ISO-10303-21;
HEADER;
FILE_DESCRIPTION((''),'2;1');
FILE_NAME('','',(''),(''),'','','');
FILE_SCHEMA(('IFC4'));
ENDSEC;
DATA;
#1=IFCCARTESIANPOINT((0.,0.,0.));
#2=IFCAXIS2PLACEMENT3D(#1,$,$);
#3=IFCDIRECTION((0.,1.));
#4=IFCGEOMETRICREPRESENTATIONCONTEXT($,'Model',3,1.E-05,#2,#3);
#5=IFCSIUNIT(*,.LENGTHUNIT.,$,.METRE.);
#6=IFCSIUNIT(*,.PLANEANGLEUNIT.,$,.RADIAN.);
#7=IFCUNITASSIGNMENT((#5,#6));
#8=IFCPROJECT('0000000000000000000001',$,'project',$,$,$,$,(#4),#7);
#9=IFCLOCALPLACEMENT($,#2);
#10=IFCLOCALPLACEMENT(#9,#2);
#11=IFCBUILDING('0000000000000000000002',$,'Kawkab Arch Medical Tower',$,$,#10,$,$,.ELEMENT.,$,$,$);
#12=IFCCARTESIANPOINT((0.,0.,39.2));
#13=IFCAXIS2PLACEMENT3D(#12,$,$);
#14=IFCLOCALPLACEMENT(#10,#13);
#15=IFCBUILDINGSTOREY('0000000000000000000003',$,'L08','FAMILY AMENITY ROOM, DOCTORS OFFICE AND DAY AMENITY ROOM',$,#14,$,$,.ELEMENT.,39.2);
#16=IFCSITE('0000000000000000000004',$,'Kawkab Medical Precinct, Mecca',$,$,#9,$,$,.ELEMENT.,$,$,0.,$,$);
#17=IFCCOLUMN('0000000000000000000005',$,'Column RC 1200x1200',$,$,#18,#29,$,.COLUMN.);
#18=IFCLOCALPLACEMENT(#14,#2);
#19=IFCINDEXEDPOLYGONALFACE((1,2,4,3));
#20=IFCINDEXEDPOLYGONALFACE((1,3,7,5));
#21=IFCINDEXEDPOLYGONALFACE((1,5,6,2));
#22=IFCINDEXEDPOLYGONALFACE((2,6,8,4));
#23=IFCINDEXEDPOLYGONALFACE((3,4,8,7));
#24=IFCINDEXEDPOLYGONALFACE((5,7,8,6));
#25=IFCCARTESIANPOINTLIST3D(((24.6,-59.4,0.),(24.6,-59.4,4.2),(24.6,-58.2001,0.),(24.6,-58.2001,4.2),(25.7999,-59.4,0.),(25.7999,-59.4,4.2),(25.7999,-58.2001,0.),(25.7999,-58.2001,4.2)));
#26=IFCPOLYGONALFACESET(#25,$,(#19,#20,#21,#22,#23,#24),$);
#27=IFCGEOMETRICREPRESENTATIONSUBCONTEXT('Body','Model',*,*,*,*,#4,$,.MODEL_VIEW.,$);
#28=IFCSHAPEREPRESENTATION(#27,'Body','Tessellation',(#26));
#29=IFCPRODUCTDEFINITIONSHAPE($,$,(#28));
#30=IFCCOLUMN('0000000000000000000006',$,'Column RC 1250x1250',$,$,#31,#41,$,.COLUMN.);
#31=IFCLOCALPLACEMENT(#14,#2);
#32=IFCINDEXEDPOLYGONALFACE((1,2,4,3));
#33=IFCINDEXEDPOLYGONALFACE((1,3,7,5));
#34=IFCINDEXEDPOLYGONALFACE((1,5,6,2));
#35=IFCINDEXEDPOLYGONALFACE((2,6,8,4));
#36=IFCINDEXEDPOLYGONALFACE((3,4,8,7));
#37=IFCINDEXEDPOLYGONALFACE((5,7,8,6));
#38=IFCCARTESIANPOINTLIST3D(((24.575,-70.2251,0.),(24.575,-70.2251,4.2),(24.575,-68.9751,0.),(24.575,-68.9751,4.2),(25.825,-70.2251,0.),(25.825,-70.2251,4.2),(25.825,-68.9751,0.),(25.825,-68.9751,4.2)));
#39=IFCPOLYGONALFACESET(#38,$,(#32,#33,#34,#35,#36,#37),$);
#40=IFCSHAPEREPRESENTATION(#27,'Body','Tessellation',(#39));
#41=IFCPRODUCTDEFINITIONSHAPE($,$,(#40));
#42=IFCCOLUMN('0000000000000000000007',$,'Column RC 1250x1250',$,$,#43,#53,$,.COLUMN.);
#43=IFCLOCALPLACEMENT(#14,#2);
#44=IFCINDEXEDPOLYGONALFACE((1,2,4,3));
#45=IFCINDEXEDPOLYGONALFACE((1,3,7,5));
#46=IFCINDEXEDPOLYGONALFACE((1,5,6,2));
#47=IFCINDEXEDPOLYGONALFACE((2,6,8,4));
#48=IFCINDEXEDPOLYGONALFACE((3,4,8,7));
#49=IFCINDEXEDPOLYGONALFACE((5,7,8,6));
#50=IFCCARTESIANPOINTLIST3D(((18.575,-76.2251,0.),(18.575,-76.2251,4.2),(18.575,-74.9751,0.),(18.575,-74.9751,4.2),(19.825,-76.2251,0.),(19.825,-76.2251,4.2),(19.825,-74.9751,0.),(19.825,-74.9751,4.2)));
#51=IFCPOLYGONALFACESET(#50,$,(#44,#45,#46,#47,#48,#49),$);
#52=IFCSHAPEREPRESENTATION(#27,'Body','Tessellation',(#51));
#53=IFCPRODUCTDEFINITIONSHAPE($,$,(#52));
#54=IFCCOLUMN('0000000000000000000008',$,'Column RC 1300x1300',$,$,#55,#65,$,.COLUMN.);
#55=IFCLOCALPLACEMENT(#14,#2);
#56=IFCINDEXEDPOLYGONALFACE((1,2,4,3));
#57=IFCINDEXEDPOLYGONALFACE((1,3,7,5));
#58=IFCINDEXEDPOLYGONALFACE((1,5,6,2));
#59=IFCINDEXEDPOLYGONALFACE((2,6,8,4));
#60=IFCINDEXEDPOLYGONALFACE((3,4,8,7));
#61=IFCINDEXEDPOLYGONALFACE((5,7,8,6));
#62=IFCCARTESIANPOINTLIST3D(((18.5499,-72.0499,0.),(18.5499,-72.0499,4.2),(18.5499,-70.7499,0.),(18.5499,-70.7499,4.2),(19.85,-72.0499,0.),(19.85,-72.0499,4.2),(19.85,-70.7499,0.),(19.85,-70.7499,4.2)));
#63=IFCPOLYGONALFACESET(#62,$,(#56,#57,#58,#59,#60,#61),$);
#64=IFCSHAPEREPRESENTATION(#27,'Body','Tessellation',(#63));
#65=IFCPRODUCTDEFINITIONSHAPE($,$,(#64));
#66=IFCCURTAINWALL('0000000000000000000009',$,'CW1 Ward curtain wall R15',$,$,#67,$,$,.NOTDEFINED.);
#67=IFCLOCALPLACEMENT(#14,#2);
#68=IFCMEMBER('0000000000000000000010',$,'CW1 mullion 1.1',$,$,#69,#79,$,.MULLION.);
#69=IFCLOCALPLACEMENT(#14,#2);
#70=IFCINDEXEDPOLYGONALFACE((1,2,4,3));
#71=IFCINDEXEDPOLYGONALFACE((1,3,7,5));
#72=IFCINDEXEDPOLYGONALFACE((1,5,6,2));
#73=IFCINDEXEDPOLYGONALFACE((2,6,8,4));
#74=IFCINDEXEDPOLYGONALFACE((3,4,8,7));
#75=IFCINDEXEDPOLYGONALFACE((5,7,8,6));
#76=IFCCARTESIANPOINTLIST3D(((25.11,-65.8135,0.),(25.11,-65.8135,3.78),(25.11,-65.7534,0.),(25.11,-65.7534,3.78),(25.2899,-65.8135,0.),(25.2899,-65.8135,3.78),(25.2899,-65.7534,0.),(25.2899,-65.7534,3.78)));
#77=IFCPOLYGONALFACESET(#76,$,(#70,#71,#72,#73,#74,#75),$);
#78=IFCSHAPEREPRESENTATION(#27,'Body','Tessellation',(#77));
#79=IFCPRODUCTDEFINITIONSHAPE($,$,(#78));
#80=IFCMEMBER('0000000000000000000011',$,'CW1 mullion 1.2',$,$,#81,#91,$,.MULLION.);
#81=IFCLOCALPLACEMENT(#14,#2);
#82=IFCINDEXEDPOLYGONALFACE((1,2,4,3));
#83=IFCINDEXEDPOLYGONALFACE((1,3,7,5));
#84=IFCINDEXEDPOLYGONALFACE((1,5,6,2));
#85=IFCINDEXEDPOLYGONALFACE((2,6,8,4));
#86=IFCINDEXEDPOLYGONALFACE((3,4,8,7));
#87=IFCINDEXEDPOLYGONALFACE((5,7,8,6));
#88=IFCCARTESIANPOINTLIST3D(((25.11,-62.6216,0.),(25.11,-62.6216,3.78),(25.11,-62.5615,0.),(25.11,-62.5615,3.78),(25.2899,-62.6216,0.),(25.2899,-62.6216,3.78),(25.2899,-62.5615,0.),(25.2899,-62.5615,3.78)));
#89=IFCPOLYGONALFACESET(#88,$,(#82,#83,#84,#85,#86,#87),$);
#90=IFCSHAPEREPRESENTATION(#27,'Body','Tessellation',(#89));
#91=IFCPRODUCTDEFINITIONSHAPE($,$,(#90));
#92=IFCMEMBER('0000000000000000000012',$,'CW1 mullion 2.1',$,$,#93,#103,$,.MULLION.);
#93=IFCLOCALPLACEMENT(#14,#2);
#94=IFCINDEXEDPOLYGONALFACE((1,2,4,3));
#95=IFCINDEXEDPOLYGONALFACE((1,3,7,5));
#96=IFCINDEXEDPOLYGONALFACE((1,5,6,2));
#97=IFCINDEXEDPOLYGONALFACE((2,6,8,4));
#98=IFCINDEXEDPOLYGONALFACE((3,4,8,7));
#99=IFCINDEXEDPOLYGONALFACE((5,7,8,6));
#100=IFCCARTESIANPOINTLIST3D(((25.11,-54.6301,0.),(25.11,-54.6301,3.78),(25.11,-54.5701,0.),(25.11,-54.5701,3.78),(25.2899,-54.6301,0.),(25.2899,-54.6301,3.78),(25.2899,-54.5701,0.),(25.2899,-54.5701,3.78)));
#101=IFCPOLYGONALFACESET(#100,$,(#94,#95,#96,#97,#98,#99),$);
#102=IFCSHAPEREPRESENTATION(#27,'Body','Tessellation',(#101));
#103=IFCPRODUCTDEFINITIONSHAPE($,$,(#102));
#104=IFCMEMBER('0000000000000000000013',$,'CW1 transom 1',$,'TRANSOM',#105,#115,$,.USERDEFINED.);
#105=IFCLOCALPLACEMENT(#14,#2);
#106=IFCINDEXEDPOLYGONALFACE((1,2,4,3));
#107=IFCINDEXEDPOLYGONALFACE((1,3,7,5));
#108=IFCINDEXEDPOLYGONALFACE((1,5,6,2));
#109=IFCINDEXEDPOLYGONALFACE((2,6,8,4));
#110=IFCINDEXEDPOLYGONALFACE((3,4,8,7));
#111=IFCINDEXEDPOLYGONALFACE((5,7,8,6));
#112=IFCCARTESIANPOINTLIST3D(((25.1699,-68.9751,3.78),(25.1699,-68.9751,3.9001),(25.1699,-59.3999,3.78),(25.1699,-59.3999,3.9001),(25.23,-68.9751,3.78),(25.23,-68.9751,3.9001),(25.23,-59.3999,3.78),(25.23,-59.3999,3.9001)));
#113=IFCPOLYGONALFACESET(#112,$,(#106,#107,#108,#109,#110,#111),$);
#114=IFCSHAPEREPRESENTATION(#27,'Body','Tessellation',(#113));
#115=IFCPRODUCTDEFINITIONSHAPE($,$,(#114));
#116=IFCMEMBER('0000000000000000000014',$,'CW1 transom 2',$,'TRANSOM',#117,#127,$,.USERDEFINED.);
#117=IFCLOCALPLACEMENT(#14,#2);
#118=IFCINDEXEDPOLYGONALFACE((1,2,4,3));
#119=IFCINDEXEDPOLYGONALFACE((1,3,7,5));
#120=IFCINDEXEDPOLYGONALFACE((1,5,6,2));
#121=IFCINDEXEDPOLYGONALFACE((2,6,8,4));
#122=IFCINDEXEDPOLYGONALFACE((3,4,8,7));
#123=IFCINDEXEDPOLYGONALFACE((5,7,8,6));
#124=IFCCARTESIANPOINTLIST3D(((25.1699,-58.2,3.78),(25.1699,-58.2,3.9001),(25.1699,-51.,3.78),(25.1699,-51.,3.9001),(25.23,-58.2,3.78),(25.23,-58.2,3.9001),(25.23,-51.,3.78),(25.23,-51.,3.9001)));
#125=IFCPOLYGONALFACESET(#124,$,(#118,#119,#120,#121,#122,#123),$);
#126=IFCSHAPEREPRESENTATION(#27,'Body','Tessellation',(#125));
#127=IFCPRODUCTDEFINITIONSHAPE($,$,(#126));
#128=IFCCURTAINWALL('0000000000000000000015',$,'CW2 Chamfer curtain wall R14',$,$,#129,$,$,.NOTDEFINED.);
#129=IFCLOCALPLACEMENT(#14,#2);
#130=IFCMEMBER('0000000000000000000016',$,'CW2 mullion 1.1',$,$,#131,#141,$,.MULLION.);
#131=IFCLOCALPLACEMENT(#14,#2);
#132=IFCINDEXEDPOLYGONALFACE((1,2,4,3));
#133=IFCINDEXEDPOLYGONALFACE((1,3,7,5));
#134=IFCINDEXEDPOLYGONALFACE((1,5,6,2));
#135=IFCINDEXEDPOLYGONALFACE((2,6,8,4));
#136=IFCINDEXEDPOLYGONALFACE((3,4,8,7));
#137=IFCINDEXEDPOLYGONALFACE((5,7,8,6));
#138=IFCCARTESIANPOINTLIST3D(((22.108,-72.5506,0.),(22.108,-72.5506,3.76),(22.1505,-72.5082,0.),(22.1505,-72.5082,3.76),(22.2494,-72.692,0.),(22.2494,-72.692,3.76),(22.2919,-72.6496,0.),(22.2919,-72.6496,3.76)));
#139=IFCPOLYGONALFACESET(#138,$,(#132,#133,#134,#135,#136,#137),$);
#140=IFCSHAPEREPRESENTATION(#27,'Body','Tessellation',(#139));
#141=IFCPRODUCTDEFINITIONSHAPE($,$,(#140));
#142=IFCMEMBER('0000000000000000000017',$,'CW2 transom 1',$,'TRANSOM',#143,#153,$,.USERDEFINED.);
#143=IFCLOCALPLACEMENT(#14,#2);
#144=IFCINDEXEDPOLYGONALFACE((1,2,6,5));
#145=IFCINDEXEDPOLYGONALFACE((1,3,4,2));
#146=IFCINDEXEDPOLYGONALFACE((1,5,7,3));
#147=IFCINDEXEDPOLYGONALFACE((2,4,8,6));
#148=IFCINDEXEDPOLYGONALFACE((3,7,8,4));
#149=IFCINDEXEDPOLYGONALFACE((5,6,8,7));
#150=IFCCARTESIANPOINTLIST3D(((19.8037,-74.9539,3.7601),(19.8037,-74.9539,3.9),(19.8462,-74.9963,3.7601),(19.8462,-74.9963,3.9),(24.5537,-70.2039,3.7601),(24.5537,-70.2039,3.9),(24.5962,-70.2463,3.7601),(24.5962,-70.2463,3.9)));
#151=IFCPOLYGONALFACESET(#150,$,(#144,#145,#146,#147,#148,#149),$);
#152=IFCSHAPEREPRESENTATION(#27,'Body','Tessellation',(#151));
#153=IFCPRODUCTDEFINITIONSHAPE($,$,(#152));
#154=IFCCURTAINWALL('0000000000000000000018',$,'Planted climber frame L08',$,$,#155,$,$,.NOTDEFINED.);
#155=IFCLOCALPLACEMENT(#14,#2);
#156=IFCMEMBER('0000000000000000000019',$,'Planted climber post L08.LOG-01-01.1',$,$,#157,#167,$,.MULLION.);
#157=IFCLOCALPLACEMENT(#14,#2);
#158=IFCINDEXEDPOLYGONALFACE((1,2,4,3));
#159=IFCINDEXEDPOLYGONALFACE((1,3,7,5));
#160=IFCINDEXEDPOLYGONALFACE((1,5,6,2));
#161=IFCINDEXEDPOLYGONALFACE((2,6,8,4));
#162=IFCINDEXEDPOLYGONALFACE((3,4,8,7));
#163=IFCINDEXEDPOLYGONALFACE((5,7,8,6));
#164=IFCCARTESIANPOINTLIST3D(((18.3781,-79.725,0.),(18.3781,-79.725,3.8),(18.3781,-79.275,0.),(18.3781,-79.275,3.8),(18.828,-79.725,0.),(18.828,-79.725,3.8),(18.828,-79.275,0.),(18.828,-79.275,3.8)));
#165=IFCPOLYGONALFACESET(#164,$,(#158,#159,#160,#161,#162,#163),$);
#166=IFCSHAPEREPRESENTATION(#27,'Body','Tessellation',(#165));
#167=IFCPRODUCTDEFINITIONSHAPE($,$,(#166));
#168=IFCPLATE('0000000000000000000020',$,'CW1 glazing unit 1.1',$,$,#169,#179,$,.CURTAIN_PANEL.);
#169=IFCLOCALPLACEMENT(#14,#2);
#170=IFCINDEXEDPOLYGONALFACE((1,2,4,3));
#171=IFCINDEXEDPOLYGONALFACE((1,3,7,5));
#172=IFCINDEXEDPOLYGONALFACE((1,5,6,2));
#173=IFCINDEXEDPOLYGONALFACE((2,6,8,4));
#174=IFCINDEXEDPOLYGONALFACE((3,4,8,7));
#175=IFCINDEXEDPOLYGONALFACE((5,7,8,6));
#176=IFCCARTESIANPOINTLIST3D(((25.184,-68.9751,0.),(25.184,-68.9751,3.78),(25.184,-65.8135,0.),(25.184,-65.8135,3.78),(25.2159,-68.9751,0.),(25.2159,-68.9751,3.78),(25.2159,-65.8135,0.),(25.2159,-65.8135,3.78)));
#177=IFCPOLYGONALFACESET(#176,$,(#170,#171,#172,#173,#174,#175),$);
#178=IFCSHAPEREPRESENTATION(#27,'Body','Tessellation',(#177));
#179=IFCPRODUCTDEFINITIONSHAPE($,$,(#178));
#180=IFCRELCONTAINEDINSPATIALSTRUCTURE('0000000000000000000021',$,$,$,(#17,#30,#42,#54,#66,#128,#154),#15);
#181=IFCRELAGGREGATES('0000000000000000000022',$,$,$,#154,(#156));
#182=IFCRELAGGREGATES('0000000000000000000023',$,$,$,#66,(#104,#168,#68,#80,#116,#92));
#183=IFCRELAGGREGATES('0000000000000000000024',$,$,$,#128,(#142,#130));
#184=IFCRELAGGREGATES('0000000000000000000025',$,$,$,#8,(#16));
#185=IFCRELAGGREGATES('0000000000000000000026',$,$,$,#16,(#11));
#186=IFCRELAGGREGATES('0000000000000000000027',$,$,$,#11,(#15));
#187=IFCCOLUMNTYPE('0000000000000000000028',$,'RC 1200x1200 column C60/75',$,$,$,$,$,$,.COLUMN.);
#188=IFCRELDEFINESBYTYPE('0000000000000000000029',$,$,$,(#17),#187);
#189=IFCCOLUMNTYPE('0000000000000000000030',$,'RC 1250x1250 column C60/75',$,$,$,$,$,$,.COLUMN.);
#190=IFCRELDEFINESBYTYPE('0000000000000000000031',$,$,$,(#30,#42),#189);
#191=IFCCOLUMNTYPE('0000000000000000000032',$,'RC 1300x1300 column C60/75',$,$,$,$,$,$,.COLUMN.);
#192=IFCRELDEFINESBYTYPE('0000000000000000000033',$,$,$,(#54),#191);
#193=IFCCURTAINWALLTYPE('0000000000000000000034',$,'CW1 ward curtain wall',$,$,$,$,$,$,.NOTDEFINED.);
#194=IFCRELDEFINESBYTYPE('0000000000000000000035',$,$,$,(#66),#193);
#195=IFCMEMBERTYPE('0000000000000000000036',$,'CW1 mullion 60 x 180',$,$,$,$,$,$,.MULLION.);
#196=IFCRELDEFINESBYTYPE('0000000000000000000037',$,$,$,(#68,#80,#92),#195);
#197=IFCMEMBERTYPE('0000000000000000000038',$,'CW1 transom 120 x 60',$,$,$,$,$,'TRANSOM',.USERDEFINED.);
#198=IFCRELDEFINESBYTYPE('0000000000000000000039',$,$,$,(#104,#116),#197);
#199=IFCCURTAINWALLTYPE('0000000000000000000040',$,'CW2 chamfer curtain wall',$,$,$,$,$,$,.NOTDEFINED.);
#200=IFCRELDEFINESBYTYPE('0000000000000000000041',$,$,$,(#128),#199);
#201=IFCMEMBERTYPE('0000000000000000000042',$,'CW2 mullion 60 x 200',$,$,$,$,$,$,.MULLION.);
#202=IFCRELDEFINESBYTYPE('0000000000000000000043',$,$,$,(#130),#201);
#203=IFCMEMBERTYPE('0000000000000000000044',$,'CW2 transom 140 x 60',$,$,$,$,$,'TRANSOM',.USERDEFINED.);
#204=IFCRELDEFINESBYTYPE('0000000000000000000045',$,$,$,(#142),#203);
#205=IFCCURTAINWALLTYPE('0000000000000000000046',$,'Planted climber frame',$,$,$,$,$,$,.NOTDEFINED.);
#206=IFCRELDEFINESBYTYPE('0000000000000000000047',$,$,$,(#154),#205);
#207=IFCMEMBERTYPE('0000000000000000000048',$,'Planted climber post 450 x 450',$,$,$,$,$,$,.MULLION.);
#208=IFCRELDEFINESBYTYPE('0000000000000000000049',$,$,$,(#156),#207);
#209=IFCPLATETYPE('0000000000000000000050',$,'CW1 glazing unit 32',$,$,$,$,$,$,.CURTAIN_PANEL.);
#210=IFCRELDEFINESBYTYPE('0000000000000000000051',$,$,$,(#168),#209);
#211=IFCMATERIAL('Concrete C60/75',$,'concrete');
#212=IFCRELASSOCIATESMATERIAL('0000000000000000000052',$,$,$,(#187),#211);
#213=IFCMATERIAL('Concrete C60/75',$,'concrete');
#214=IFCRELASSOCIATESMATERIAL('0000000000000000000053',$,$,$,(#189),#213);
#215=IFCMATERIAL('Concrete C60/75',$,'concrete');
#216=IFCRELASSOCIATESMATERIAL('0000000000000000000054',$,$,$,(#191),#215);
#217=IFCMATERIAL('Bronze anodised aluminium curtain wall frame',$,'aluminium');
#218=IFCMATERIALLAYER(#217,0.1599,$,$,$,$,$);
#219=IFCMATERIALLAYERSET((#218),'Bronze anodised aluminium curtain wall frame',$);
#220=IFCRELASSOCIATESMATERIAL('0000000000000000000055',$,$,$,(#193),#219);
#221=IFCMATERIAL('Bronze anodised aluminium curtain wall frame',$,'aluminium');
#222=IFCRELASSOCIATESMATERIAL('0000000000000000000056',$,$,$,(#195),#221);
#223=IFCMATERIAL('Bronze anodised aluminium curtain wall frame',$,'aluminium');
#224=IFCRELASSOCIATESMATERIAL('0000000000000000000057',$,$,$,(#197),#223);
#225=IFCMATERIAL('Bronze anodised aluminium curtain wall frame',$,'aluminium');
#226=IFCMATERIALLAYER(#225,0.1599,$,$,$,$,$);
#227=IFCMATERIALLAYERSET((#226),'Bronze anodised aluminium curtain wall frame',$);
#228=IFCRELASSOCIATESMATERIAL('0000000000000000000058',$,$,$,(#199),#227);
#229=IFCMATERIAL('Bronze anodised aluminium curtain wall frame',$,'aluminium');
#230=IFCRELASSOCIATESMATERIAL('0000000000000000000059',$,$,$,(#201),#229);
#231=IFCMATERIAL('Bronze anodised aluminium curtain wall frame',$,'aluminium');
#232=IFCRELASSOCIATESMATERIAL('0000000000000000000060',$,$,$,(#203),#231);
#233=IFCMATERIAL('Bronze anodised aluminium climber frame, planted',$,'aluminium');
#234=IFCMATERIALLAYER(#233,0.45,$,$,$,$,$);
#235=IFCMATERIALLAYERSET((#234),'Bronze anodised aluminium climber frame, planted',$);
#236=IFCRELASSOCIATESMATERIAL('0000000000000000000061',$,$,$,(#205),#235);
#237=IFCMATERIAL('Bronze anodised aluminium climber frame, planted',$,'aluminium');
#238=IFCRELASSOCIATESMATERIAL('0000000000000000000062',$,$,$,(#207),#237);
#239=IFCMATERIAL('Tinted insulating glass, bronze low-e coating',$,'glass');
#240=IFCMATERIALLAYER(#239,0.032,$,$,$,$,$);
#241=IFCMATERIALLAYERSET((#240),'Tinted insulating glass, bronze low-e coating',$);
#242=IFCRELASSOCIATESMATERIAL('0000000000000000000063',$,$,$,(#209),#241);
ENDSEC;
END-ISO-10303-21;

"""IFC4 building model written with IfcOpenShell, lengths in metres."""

from ifc_helpers import new_model, si_unit, direction, frame, origin, origin_2d, place, context, subcontext, project, spatial, rectangle, extrude, material, layer, layer_set, material_profile, profile_set, type_object, element, aggregate, save


model = new_model("IFC4")

# Units and contexts
model_context = context("Model", 3, precision=1e-05, world=origin(), true_north=direction((0.0, 1.0)))
body_context = subcontext(model_context, "Body", "Model", "MODEL_VIEW")
ifc_project = project(units=[si_unit("LENGTHUNIT", "METRE"), si_unit("PLANEANGLEUNIT", "RADIAN")], contexts=[model_context])

# Site, building, storey
site_placement = place(None, origin())
site = spatial("IfcSite", under=ifc_project, at=site_placement, Name="Kawkab Medical Precinct, Mecca", CompositionType="ELEMENT", RefElevation=0.0)
building_placement = place(site_placement, origin())
building = spatial("IfcBuilding", under=site, at=building_placement, Name="Kawkab Arch Medical Tower", CompositionType="ELEMENT")
storey_placement = place(building_placement, frame((0.0, 0.0, 39.2)))
storey = spatial("IfcBuildingStorey", under=building, at=storey_placement, Name="L08", Description="FAMILY AMENITY ROOM, DOCTORS OFFICE AND DAY AMENITY ROOM", CompositionType="ELEMENT", Elevation=39.2)

# Columns
ifc_material_1 = material(Name="Concrete C60/75", Category="concrete")
ifc_material_profile_1 = material_profile(ifc_material_1, rectangle(XDim=1.2, YDim=1.2, at=origin_2d()), Name="RC 1200x1200")
ifc_profile_set_1 = profile_set([ifc_material_profile_1], Name="Concrete C60/75")
column_type_1 = type_object("IfcColumnType", Name="RC 1200x1200 column C60/75", PredefinedType="COLUMN", material=ifc_profile_set_1)
column_1_placement = place(storey_placement, frame((25.2, -58.8, 0.0), z_axis=(0.0, 0.0, 1.0), x_axis=(1.0, 0.0, 0.0)))
element("IfcColumn", 1, at=column_1_placement, inside=storey, type_object=column_type_1, Name="Column RC 1200x1200", PredefinedType="COLUMN", context=body_context, shape_type="SweptSolid", body=[
    extrude(rectangle(XDim=1.2, YDim=1.2, at=origin_2d()), origin(), (0.0, 0.0, 1.0), 4.2),
])
ifc_material_2 = material(Name="Concrete C60/75", Category="concrete")
ifc_material_profile_2 = material_profile(ifc_material_2, rectangle(XDim=1.25, YDim=1.25, at=origin_2d()), Name="RC 1250x1250")
ifc_profile_set_2 = profile_set([ifc_material_profile_2], Name="Concrete C60/75")
column_type_2 = type_object("IfcColumnType", Name="RC 1250x1250 column C60/75", PredefinedType="COLUMN", material=ifc_profile_set_2)
for number, where, z_axis, x_axis, name in (
    (2, (25.2, -69.6001, 0.0), (0.0, 0.0, 1.0), (1.0, 0.0, 0.0), "Column RC 1250x1250"),
    (3, (19.2, -75.6001, 0.0), (0.0, 0.0, 1.0), (1.0, 0.0, 0.0), "Column RC 1250x1250"),
):
    element("IfcColumn", number, at=place(storey_placement, frame(where, z_axis=z_axis, x_axis=x_axis)), inside=storey, type_object=column_type_2, Name=name, PredefinedType="COLUMN", context=body_context, shape_type="SweptSolid", body=[
        extrude(rectangle(XDim=1.25, YDim=1.25, at=origin_2d()), origin(), (0.0, 0.0, 1.0), 4.2),
    ])
ifc_material_3 = material(Name="Concrete C60/75", Category="concrete")
ifc_material_profile_3 = material_profile(ifc_material_3, rectangle(XDim=1.3, YDim=1.3, at=origin_2d()), Name="RC 1300x1300")
ifc_profile_set_3 = profile_set([ifc_material_profile_3], Name="Concrete C60/75")
column_type_3 = type_object("IfcColumnType", Name="RC 1300x1300 column C60/75", PredefinedType="COLUMN", material=ifc_profile_set_3)
column_2_placement = place(storey_placement, frame((19.2, -71.3999, 0.0), z_axis=(0.0, 0.0, 1.0), x_axis=(1.0, 0.0, 0.0)))
element("IfcColumn", 4, at=column_2_placement, inside=storey, type_object=column_type_3, Name="Column RC 1300x1300", PredefinedType="COLUMN", context=body_context, shape_type="SweptSolid", body=[
    extrude(rectangle(XDim=1.3, YDim=1.3, at=origin_2d()), origin(), (0.0, 0.0, 1.0), 4.2),
])

# Curtain walls, members
ifc_material_4 = material(Name="Bronze anodised aluminium curtain wall frame", Category="aluminium")
ifc_layer_1 = layer(ifc_material_4, 0.1599)
ifc_layer_set_1 = layer_set([ifc_layer_1], Name="Bronze anodised aluminium curtain wall frame")
curtain_wall_type_1 = type_object("IfcCurtainWallType", Name="CW1 ward curtain wall", PredefinedType="NOTDEFINED", material=ifc_layer_set_1)
placement = place(storey_placement, origin())
curtain_wall_1 = element("IfcCurtainWall", 5, at=placement, inside=storey, type_object=curtain_wall_type_1, Name="CW1 Ward curtain wall R15", PredefinedType="NOTDEFINED")
ifc_material_5 = material(Name="Bronze anodised aluminium curtain wall frame", Category="aluminium")
ifc_material_profile_4 = material_profile(ifc_material_5, rectangle(XDim=0.1799, YDim=0.0601, at=origin_2d()), Name="AL 60x180")
ifc_profile_set_4 = profile_set([ifc_material_profile_4], Name="Bronze anodised aluminium curtain wall frame")
member_type_1 = type_object("IfcMemberType", Name="CW1 mullion 60 x 180", PredefinedType="MULLION", material=ifc_profile_set_4)
member_1_placement = place(storey_placement, frame((25.2, -65.7834, 0.0), z_axis=(0.0, 0.0, 1.0), x_axis=(-1.0, 0.0, 0.0)))
member_1 = element("IfcMember", 6, at=member_1_placement, type_object=member_type_1, Name="CW1 mullion 1.1", PredefinedType="MULLION", context=body_context, shape_type="SweptSolid", body=[
    extrude(rectangle(XDim=0.1799, YDim=0.0601, at=origin_2d()), origin(), (0.0, 0.0, 1.0), 3.78),
])
member_2_placement = place(storey_placement, frame((25.2, -62.5916, 0.0), z_axis=(0.0, 0.0, 1.0), x_axis=(-1.0, 0.0, 0.0)))
member_2 = element("IfcMember", 7, at=member_2_placement, type_object=member_type_1, Name="CW1 mullion 1.2", PredefinedType="MULLION", context=body_context, shape_type="SweptSolid", body=[
    extrude(rectangle(XDim=0.1799, YDim=0.0601, at=origin_2d()), origin(), (0.0, 0.0, 1.0), 3.78),
])
member_3_placement = place(storey_placement, frame((25.2, -54.6001, 0.0), z_axis=(0.0, 0.0, 1.0), x_axis=(-1.0, 0.0, 0.0)))
member_3 = element("IfcMember", 8, at=member_3_placement, type_object=member_type_1, Name="CW1 mullion 2.1", PredefinedType="MULLION", context=body_context, shape_type="SweptSolid", body=[
    extrude(rectangle(XDim=0.1799, YDim=0.0601, at=origin_2d()), origin(), (0.0, 0.0, 1.0), 3.78),
])
ifc_material_6 = material(Name="Bronze anodised aluminium curtain wall frame", Category="aluminium")
ifc_material_profile_5 = material_profile(ifc_material_6, rectangle(XDim=0.0601, YDim=0.1201, at=origin_2d()), Name="AL 60x120")
ifc_profile_set_5 = profile_set([ifc_material_profile_5], Name="Bronze anodised aluminium curtain wall frame")
member_type_2 = type_object("IfcMemberType", Name="CW1 transom 120 x 60", ElementType="TRANSOM", PredefinedType="USERDEFINED", material=ifc_profile_set_5)
member_4_placement = place(storey_placement, frame((25.2, -68.9751, 3.8401), z_axis=(0.0, 1.0, 0.0), x_axis=(-1.0, 0.0, 0.0)))
member_4 = element("IfcMember", 9, at=member_4_placement, type_object=member_type_2, Name="CW1 transom 1", ObjectType="TRANSOM", PredefinedType="USERDEFINED", context=body_context, shape_type="SweptSolid", body=[
    extrude(rectangle(XDim=0.0601, YDim=0.1201, at=origin_2d()), origin(), (0.0, 0.0, 1.0), 9.5752),
])
member_5_placement = place(storey_placement, frame((25.2, -58.2, 3.8401), z_axis=(0.0, 1.0, 0.0), x_axis=(-1.0, 0.0, 0.0)))
member_5 = element("IfcMember", 10, at=member_5_placement, type_object=member_type_2, Name="CW1 transom 2", ObjectType="TRANSOM", PredefinedType="USERDEFINED", context=body_context, shape_type="SweptSolid", body=[
    extrude(rectangle(XDim=0.0601, YDim=0.1201, at=origin_2d()), origin(), (0.0, 0.0, 1.0), 7.2),
])
ifc_material_7 = material(Name="Bronze anodised aluminium curtain wall frame", Category="aluminium")
ifc_layer_2 = layer(ifc_material_7, 0.1599)
ifc_layer_set_2 = layer_set([ifc_layer_2], Name="Bronze anodised aluminium curtain wall frame")
curtain_wall_type_2 = type_object("IfcCurtainWallType", Name="CW2 chamfer curtain wall", PredefinedType="NOTDEFINED", material=ifc_layer_set_2)
curtain_wall_2 = element("IfcCurtainWall", 11, at=placement, inside=storey, type_object=curtain_wall_type_2, Name="CW2 Chamfer curtain wall R14", PredefinedType="NOTDEFINED")
ifc_material_8 = material(Name="Bronze anodised aluminium curtain wall frame", Category="aluminium")
ifc_material_profile_6 = material_profile(ifc_material_8, rectangle(XDim=0.2, YDim=0.0601, at=origin_2d()), Name="AL 60x200")
ifc_profile_set_6 = profile_set([ifc_material_profile_6], Name="Bronze anodised aluminium curtain wall frame")
member_type_3 = type_object("IfcMemberType", Name="CW2 mullion 60 x 200", PredefinedType="MULLION", material=ifc_profile_set_6)
member_6_placement = place(storey_placement, frame((22.2, -72.6001, 0.0), z_axis=(0.0, 0.0, 1.0), x_axis=(-0.707107, 0.707107, 0.0)))
member_6 = element("IfcMember", 12, at=member_6_placement, type_object=member_type_3, Name="CW2 mullion 1.1", PredefinedType="MULLION", context=body_context, shape_type="SweptSolid", body=[
    extrude(rectangle(XDim=0.2, YDim=0.0601, at=origin_2d()), origin(), (0.0, 0.0, 1.0), 3.76),
])
ifc_material_9 = material(Name="Bronze anodised aluminium curtain wall frame", Category="aluminium")
ifc_material_profile_7 = material_profile(ifc_material_9, rectangle(XDim=0.0601, YDim=0.1399, at=origin_2d()), Name="AL 60x140")
ifc_profile_set_7 = profile_set([ifc_material_profile_7], Name="Bronze anodised aluminium curtain wall frame")
member_type_4 = type_object("IfcMemberType", Name="CW2 transom 140 x 60", ElementType="TRANSOM", PredefinedType="USERDEFINED", material=ifc_profile_set_7)
member_7_placement = place(storey_placement, frame((19.825, -74.9751, 3.8301), z_axis=(0.707107, 0.707107, 0.0), x_axis=(-0.707107, 0.707107, 0.0)))
member_7 = element("IfcMember", 13, at=member_7_placement, type_object=member_type_4, Name="CW2 transom 1", ObjectType="TRANSOM", PredefinedType="USERDEFINED", context=body_context, shape_type="SweptSolid", body=[
    extrude(rectangle(XDim=0.0601, YDim=0.1399, at=origin_2d()), origin(), (0.0, 0.0, 1.0), 6.7175),
])

# Curtain wall, member
ifc_material_10 = material(Name="Bronze anodised aluminium climber frame, planted", Category="aluminium")
ifc_layer_3 = layer(ifc_material_10, 0.45)
ifc_layer_set_3 = layer_set([ifc_layer_3], Name="Bronze anodised aluminium climber frame, planted")
curtain_wall_type_3 = type_object("IfcCurtainWallType", Name="Planted climber frame", PredefinedType="NOTDEFINED", material=ifc_layer_set_3)
curtain_wall_3 = element("IfcCurtainWall", 14, at=placement, inside=storey, type_object=curtain_wall_type_3, Name="Planted climber frame L08", PredefinedType="NOTDEFINED")
ifc_material_11 = material(Name="Bronze anodised aluminium climber frame, planted", Category="aluminium")
ifc_material_profile_8 = material_profile(ifc_material_11, rectangle(XDim=0.45, YDim=0.45, at=origin_2d()), Name="Post 450x450")
ifc_profile_set_8 = profile_set([ifc_material_profile_8], Name="Bronze anodised aluminium climber frame, planted")
member_type_5 = type_object("IfcMemberType", Name="Planted climber post 450 x 450", PredefinedType="MULLION", material=ifc_profile_set_8)
member_8_placement = place(storey_placement, frame((18.603, -79.5, 0.0), z_axis=(0.0, 0.0, 1.0), x_axis=(1.0, 0.0, 0.0)))
member_8 = element("IfcMember", 15, at=member_8_placement, type_object=member_type_5, Name="Planted climber post L08.LOG-01-01.1", PredefinedType="MULLION", context=body_context, shape_type="SweptSolid", body=[
    extrude(rectangle(XDim=0.45, YDim=0.45, at=origin_2d()), origin(), (0.0, 0.0, 1.0), 3.8),
])
aggregate(curtain_wall_3, [member_8])

# Plate
ifc_material_12 = material(Name="Tinted insulating glass, bronze low-e coating", Category="glass")
ifc_layer_4 = layer(ifc_material_12, 0.032)
ifc_layer_set_4 = layer_set([ifc_layer_4], Name="Tinted insulating glass, bronze low-e coating")
plate_type_1 = type_object("IfcPlateType", Name="CW1 glazing unit 32", PredefinedType="CURTAIN_PANEL", material=ifc_layer_set_4)
plate_1_placement = place(storey_placement, frame((25.2, -67.3943, 0.0), z_axis=(0.0, 0.0, 1.0), x_axis=(0.0, 1.0, 0.0)))
plate_1 = element("IfcPlate", 16, at=plate_1_placement, type_object=plate_type_1, Name="CW1 glazing unit 1.1", PredefinedType="CURTAIN_PANEL", context=body_context, shape_type="SweptSolid", body=[
    extrude(rectangle(XDim=3.1616, YDim=0.032, at=origin_2d()), origin(), (0.0, 0.0, 1.0), 3.78),
])
aggregate(curtain_wall_1, [member_4, plate_1, member_1, member_2, member_5, member_3])
aggregate(curtain_wall_2, [member_7, member_6])

save(model, "model.ifc")
